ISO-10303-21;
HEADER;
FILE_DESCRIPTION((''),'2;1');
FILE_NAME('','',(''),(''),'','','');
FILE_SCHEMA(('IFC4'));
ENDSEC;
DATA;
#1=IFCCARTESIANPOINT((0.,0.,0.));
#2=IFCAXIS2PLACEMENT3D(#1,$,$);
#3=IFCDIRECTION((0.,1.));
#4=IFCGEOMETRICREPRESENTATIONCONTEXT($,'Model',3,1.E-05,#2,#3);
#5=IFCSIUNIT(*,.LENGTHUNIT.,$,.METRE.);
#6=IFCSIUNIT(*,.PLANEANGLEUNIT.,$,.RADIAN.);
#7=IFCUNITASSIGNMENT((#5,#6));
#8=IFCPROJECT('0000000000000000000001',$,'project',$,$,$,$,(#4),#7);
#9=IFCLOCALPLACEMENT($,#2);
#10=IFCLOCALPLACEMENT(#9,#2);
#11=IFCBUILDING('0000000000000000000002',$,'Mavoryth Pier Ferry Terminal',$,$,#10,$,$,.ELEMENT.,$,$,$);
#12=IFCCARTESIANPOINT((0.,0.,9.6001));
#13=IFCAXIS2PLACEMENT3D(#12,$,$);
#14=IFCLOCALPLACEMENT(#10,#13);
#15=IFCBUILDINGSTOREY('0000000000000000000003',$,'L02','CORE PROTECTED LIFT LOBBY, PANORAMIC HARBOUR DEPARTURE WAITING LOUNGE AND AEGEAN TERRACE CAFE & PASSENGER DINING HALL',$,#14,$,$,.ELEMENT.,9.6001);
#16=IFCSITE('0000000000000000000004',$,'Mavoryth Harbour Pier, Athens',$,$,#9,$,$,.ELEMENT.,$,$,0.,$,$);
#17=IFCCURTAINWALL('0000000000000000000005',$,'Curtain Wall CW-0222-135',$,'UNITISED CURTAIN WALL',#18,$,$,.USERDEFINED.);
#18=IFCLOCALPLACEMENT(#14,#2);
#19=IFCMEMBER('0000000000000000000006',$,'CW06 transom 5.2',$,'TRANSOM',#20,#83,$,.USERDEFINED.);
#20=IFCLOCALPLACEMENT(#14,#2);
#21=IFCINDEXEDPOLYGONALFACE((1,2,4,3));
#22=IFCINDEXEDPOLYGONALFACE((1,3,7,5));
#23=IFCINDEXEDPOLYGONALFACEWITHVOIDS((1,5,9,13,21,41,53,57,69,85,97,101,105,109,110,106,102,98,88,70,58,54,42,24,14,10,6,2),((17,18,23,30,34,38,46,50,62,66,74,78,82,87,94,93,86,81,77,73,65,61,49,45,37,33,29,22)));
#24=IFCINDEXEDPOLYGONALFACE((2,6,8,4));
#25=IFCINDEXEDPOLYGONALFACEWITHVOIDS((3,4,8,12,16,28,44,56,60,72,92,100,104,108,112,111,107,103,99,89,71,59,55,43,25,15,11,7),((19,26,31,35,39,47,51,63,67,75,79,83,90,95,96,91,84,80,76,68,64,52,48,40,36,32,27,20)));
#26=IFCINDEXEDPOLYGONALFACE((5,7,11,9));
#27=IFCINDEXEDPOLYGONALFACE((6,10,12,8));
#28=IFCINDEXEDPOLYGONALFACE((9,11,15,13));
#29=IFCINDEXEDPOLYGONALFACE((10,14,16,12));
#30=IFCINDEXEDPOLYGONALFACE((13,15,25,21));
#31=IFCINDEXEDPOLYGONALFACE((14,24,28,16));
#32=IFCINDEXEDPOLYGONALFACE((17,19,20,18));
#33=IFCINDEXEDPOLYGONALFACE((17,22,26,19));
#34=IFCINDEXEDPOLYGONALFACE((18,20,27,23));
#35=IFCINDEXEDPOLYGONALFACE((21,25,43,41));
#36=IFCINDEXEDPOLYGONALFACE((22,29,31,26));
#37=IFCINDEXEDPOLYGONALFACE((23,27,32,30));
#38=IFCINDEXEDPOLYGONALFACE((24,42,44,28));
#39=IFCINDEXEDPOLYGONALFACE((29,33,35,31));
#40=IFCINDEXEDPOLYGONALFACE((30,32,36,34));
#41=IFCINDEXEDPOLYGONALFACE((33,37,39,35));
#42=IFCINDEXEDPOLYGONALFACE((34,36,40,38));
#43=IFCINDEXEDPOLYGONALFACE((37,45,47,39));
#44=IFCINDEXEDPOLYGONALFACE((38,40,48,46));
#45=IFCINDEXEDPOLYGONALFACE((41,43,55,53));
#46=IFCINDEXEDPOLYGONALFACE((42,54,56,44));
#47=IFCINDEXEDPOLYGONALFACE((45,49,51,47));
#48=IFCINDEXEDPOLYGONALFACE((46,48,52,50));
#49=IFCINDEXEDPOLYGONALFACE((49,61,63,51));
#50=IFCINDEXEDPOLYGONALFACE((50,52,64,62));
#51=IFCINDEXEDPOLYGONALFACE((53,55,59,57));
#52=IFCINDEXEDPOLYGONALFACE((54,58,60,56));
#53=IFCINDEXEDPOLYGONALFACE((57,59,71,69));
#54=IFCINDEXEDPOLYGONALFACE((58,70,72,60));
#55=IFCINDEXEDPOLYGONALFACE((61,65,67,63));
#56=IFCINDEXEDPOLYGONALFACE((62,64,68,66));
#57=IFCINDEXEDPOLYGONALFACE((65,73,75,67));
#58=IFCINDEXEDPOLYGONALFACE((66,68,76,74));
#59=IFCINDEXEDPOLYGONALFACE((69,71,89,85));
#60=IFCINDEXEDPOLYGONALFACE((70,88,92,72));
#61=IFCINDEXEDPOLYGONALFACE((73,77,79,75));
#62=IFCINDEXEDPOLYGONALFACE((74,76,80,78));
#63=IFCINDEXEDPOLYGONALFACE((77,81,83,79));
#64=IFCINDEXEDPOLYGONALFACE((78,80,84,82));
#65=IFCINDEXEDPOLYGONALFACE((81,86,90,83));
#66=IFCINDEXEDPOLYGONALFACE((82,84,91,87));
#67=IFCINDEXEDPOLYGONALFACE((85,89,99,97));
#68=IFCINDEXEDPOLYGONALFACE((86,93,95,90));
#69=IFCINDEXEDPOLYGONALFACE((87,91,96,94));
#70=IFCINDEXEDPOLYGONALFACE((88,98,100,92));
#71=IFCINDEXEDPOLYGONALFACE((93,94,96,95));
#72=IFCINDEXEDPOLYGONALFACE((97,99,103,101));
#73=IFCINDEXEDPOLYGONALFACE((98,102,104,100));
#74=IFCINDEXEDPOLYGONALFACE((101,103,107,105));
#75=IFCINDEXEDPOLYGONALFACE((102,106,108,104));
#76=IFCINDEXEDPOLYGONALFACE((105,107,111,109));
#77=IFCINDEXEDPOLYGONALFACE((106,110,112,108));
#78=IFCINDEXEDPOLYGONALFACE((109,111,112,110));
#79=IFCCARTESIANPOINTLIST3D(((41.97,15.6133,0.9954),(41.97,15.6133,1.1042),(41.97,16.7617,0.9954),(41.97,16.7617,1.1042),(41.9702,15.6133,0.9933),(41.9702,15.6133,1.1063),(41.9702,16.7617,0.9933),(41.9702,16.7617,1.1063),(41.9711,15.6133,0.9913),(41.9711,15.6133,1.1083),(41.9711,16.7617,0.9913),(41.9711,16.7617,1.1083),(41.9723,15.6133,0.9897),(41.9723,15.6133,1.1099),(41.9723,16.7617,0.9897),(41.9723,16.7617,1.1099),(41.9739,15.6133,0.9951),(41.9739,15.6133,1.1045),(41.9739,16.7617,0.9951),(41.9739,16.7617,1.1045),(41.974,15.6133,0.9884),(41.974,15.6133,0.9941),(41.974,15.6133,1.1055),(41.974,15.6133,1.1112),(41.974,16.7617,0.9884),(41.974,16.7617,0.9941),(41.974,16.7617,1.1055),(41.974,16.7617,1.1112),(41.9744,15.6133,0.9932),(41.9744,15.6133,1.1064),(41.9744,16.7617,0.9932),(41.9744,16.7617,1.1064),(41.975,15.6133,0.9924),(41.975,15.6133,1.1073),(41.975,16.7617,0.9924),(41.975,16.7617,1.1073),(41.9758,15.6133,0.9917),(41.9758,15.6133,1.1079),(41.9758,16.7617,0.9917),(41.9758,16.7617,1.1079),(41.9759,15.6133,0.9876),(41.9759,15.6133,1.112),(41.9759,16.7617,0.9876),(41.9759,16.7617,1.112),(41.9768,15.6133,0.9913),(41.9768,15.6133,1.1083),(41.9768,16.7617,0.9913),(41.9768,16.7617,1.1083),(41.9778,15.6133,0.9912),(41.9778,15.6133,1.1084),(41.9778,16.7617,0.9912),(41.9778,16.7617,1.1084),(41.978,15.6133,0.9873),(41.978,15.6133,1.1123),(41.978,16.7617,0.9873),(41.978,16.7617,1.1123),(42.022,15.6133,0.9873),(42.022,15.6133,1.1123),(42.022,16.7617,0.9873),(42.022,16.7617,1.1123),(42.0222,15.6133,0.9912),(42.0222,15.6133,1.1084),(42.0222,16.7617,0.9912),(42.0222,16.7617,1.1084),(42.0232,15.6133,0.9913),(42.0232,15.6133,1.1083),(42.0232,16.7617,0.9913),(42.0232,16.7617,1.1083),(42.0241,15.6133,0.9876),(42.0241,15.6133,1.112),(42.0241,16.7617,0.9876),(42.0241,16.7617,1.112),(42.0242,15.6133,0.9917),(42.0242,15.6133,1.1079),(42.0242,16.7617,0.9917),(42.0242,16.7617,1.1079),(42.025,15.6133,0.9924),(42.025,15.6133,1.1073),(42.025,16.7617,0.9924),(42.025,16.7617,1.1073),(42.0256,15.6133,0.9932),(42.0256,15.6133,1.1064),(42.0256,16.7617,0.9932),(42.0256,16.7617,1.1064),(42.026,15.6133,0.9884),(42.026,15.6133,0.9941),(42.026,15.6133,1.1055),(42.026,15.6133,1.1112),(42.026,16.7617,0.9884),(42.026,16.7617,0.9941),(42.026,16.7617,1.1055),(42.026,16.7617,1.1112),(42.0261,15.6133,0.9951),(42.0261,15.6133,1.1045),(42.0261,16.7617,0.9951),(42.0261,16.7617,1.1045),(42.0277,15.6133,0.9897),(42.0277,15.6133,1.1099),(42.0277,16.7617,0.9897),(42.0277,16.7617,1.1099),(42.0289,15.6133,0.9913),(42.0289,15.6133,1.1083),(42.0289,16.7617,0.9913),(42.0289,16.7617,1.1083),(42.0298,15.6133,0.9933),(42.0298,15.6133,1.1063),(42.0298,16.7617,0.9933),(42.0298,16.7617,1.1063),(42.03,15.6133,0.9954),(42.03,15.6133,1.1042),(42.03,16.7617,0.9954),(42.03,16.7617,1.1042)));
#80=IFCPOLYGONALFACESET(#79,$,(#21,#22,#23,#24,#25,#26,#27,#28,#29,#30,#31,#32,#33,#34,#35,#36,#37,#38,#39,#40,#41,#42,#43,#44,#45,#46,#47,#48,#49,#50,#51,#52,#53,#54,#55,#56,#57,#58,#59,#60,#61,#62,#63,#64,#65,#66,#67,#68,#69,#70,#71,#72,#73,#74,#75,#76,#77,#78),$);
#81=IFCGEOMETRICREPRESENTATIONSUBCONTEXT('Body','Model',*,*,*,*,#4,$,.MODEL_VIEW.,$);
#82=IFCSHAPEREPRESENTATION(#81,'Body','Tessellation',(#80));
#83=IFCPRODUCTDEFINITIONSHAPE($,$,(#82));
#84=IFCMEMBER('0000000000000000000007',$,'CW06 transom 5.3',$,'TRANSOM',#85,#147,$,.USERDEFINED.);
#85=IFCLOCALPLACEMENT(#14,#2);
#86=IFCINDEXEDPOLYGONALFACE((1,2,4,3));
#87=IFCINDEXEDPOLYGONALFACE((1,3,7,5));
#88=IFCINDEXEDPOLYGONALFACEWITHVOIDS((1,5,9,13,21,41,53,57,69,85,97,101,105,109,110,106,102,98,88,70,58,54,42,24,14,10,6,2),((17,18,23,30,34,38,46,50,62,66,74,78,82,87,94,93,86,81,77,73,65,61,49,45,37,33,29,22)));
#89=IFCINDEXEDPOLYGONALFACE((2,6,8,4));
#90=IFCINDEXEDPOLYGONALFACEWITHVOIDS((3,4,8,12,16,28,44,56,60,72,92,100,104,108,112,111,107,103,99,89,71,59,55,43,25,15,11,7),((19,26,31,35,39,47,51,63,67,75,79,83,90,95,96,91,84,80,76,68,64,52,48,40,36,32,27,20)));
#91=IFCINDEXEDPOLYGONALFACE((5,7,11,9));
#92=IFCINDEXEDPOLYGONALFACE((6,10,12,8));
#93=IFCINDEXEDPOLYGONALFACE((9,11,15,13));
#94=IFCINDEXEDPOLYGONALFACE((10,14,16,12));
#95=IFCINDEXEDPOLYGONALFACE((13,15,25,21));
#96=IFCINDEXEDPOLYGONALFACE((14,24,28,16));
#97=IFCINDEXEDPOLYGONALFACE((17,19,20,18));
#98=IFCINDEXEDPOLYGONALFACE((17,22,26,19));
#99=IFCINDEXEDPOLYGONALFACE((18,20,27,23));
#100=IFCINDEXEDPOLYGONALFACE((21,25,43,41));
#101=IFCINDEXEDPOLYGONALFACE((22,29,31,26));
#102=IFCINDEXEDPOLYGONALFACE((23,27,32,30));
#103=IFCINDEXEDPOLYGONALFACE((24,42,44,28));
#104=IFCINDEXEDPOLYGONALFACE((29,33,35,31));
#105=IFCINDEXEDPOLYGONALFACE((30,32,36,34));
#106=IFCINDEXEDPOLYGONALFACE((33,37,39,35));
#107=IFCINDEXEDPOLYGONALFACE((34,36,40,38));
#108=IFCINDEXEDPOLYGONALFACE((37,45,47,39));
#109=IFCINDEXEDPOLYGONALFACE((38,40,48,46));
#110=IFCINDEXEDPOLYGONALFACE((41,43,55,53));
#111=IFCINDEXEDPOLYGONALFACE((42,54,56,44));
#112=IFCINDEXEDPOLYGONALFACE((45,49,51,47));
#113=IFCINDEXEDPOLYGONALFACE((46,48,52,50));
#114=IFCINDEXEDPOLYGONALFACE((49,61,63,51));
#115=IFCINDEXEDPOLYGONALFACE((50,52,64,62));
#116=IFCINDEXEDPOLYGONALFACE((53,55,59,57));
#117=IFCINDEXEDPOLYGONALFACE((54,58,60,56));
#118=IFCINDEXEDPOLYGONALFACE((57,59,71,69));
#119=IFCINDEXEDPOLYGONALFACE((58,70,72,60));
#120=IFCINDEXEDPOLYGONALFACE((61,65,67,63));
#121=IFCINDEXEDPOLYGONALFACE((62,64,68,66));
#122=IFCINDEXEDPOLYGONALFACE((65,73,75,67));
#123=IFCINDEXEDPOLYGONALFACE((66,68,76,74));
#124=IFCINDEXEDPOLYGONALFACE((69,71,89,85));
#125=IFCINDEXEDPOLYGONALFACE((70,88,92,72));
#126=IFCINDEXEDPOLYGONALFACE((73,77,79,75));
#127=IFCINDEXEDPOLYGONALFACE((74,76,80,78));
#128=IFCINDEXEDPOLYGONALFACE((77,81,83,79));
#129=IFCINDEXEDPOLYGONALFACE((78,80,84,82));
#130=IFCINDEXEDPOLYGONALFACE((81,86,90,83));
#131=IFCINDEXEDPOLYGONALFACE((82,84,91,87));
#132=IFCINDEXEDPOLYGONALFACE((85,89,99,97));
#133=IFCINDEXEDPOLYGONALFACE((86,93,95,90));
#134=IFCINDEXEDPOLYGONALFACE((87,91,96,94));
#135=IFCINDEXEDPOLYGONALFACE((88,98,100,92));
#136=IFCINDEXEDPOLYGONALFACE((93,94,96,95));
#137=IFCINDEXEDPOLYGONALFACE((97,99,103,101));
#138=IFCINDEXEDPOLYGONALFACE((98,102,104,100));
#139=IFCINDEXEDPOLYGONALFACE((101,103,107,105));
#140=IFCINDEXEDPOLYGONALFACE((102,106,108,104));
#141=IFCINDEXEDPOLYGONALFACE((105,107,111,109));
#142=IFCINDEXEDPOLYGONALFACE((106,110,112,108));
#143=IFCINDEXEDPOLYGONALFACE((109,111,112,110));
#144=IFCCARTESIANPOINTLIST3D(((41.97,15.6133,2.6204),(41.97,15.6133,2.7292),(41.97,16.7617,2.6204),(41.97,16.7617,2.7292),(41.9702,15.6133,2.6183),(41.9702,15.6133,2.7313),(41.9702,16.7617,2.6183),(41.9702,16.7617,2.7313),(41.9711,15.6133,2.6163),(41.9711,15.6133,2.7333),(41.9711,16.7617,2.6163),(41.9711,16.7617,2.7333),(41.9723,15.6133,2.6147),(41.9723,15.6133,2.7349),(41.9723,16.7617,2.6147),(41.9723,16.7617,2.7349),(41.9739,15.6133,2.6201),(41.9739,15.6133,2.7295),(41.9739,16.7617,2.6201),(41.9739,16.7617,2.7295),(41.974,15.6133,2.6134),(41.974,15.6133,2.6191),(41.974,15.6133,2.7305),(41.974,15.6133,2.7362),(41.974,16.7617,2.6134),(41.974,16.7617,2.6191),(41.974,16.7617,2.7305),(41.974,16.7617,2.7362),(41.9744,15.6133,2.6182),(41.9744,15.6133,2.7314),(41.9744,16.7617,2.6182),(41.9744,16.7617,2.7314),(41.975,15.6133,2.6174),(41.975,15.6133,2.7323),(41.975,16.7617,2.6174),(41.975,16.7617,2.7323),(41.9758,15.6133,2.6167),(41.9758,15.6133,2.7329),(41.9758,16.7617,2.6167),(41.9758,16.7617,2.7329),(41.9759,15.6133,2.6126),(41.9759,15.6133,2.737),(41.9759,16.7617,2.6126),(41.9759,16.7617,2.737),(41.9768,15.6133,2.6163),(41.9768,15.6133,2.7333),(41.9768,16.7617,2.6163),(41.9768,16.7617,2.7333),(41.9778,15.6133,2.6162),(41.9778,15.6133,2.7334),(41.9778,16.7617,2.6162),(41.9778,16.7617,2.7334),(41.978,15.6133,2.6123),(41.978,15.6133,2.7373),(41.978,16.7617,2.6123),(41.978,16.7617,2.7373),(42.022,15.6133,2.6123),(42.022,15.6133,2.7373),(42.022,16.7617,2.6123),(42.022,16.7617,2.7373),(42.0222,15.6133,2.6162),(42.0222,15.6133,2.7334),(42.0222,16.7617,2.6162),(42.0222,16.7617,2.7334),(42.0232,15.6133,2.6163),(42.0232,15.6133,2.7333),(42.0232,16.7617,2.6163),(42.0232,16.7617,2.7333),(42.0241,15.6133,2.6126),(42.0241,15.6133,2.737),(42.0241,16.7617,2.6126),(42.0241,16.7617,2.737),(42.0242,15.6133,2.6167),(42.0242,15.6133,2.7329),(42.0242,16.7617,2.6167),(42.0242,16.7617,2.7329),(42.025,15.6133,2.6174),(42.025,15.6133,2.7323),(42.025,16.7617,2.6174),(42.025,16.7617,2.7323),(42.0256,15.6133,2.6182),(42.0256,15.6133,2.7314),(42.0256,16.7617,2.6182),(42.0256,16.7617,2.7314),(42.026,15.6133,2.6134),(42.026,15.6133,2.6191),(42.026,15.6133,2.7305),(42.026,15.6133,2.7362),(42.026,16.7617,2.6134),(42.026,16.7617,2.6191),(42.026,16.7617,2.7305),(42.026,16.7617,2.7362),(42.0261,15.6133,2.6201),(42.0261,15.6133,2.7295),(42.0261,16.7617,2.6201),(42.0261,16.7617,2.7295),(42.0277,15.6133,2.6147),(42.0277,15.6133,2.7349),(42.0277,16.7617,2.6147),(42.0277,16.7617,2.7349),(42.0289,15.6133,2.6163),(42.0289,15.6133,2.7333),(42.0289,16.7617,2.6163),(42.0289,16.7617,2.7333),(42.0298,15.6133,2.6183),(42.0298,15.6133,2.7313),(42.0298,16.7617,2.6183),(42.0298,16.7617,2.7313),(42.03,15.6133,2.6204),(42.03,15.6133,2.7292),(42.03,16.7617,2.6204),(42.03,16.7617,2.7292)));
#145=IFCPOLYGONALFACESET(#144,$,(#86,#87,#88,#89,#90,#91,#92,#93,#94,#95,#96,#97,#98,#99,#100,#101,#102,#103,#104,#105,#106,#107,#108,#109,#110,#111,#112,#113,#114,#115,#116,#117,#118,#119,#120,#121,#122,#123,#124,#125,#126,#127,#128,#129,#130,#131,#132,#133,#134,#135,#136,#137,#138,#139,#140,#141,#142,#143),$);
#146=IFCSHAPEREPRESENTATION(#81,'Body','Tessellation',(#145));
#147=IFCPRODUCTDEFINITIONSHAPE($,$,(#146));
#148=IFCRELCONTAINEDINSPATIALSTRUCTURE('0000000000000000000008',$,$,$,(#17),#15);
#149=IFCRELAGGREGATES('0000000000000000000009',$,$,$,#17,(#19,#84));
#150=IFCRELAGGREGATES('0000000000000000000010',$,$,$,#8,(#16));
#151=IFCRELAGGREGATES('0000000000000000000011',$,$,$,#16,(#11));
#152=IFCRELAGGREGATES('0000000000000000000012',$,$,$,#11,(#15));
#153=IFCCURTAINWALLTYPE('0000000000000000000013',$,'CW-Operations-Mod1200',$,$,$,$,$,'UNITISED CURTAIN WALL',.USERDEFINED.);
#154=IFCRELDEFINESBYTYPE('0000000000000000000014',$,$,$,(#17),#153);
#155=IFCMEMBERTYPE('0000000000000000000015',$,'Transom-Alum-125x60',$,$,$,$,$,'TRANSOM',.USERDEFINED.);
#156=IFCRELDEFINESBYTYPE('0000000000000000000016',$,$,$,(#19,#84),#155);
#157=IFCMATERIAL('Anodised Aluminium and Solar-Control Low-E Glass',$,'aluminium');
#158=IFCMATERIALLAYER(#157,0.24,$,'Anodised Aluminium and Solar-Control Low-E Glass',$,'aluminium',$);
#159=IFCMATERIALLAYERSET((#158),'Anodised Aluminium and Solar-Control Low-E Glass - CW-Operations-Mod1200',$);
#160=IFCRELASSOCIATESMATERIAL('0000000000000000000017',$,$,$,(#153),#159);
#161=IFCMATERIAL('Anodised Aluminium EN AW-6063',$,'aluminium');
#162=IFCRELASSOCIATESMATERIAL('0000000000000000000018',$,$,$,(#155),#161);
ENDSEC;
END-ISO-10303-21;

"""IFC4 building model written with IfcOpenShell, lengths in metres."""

from ifc_helpers import new_model, si_unit, direction, frame, origin, origin_2d, place, context, subcontext, project, spatial, hollow_rectangle, extrude, material, layer, layer_set, material_profile, profile_set, type_object, element, aggregate, save


model = new_model("IFC4")

# Units and contexts
model_context = context("Model", 3, precision=1e-05, world=origin(), true_north=direction((0.0, 1.0)))
body_context = subcontext(model_context, "Body", "Model", "MODEL_VIEW")
ifc_project = project(units=[si_unit("LENGTHUNIT", "METRE"), si_unit("PLANEANGLEUNIT", "RADIAN")], contexts=[model_context])

# Site, building, storey
site_placement = place(None, origin())
site = spatial("IfcSite", under=ifc_project, at=site_placement, Name="Mavoryth Harbour Pier, Athens", CompositionType="ELEMENT", RefElevation=0.0)
building_placement = place(site_placement, origin())
building = spatial("IfcBuilding", under=site, at=building_placement, Name="Mavoryth Pier Ferry Terminal", CompositionType="ELEMENT")
storey_placement = place(building_placement, frame((0.0, 0.0, 9.6001)))
storey = spatial("IfcBuildingStorey", under=building, at=storey_placement, Name="L02", Description="CORE PROTECTED LIFT LOBBY, PANORAMIC HARBOUR DEPARTURE WAITING LOUNGE AND AEGEAN TERRACE CAFE & PASSENGER DINING HALL", CompositionType="ELEMENT", Elevation=9.6001)

# Curtain wall
ifc_material_1 = material(Name="Anodised Aluminium and Solar-Control Low-E Glass", Category="aluminium")
ifc_layer_1 = layer(ifc_material_1, 0.24, Name="Anodised Aluminium and Solar-Control Low-E Glass", Category="aluminium")
ifc_layer_set_1 = layer_set([ifc_layer_1], Name="Anodised Aluminium and Solar-Control Low-E Glass - CW-Operations-Mod1200")
curtain_wall_type = type_object("IfcCurtainWallType", Name="CW-Operations-Mod1200", ElementType="UNITISED CURTAIN WALL", PredefinedType="USERDEFINED", material=ifc_layer_set_1)
curtain_wall_placement = place(storey_placement, origin())
curtain_wall = element("IfcCurtainWall", 1, at=curtain_wall_placement, inside=storey, type_object=curtain_wall_type, Name="Curtain Wall CW-0222-135", ObjectType="UNITISED CURTAIN WALL", PredefinedType="USERDEFINED")
ifc_material_2 = material(Name="Anodised Aluminium EN AW-6063", Category="aluminium")

# Members
ifc_material_profile_1 = material_profile(ifc_material_2, hollow_rectangle(XDim=0.0601, YDim=0.125, WallThickness=0.0039, InnerFilletRadius=0.0039, OuterFilletRadius=0.0081, at=origin_2d()), Name="AL-TRAN 125x60x4", Category="aluminium")
ifc_profile_set_1 = profile_set([ifc_material_profile_1], Name="Anodised Aluminium EN AW-6063 - AL-TRAN 125x60x4")
member_type_1 = type_object("IfcMemberType", Name="Transom-Alum-125x60", ElementType="TRANSOM", PredefinedType="USERDEFINED", material=ifc_profile_set_1)
member_1_placement = place(storey_placement, frame((42.0, 16.7617, 1.0498), z_axis=(0.0, -1.0, 0.0), x_axis=(1.0, 0.0, 0.0)))
member_1 = element("IfcMember", 2, at=member_1_placement, type_object=member_type_1, Name="CW06 transom 5.2", ObjectType="TRANSOM", PredefinedType="USERDEFINED", context=body_context, shape_type="SweptSolid", body=[
    extrude(hollow_rectangle(XDim=0.0601, YDim=0.125, WallThickness=0.0039, InnerFilletRadius=0.0039, OuterFilletRadius=0.0081, at=origin_2d()), origin(), (0.0, 0.0, 1.0), 1.1484),
])
member_2_placement = place(storey_placement, frame((42.0, 16.7617, 2.6748), z_axis=(0.0, -1.0, 0.0), x_axis=(1.0, 0.0, 0.0)))
member_2 = element("IfcMember", 3, at=member_2_placement, type_object=member_type_1, Name="CW06 transom 5.3", ObjectType="TRANSOM", PredefinedType="USERDEFINED", context=body_context, shape_type="SweptSolid", body=[
    extrude(hollow_rectangle(XDim=0.0601, YDim=0.125, WallThickness=0.0039, InnerFilletRadius=0.0039, OuterFilletRadius=0.0081, at=origin_2d()), origin(), (0.0, 0.0, 1.0), 1.1484),
])

aggregate(curtain_wall, [member_1, member_2])

save(model, "model.ifc")
